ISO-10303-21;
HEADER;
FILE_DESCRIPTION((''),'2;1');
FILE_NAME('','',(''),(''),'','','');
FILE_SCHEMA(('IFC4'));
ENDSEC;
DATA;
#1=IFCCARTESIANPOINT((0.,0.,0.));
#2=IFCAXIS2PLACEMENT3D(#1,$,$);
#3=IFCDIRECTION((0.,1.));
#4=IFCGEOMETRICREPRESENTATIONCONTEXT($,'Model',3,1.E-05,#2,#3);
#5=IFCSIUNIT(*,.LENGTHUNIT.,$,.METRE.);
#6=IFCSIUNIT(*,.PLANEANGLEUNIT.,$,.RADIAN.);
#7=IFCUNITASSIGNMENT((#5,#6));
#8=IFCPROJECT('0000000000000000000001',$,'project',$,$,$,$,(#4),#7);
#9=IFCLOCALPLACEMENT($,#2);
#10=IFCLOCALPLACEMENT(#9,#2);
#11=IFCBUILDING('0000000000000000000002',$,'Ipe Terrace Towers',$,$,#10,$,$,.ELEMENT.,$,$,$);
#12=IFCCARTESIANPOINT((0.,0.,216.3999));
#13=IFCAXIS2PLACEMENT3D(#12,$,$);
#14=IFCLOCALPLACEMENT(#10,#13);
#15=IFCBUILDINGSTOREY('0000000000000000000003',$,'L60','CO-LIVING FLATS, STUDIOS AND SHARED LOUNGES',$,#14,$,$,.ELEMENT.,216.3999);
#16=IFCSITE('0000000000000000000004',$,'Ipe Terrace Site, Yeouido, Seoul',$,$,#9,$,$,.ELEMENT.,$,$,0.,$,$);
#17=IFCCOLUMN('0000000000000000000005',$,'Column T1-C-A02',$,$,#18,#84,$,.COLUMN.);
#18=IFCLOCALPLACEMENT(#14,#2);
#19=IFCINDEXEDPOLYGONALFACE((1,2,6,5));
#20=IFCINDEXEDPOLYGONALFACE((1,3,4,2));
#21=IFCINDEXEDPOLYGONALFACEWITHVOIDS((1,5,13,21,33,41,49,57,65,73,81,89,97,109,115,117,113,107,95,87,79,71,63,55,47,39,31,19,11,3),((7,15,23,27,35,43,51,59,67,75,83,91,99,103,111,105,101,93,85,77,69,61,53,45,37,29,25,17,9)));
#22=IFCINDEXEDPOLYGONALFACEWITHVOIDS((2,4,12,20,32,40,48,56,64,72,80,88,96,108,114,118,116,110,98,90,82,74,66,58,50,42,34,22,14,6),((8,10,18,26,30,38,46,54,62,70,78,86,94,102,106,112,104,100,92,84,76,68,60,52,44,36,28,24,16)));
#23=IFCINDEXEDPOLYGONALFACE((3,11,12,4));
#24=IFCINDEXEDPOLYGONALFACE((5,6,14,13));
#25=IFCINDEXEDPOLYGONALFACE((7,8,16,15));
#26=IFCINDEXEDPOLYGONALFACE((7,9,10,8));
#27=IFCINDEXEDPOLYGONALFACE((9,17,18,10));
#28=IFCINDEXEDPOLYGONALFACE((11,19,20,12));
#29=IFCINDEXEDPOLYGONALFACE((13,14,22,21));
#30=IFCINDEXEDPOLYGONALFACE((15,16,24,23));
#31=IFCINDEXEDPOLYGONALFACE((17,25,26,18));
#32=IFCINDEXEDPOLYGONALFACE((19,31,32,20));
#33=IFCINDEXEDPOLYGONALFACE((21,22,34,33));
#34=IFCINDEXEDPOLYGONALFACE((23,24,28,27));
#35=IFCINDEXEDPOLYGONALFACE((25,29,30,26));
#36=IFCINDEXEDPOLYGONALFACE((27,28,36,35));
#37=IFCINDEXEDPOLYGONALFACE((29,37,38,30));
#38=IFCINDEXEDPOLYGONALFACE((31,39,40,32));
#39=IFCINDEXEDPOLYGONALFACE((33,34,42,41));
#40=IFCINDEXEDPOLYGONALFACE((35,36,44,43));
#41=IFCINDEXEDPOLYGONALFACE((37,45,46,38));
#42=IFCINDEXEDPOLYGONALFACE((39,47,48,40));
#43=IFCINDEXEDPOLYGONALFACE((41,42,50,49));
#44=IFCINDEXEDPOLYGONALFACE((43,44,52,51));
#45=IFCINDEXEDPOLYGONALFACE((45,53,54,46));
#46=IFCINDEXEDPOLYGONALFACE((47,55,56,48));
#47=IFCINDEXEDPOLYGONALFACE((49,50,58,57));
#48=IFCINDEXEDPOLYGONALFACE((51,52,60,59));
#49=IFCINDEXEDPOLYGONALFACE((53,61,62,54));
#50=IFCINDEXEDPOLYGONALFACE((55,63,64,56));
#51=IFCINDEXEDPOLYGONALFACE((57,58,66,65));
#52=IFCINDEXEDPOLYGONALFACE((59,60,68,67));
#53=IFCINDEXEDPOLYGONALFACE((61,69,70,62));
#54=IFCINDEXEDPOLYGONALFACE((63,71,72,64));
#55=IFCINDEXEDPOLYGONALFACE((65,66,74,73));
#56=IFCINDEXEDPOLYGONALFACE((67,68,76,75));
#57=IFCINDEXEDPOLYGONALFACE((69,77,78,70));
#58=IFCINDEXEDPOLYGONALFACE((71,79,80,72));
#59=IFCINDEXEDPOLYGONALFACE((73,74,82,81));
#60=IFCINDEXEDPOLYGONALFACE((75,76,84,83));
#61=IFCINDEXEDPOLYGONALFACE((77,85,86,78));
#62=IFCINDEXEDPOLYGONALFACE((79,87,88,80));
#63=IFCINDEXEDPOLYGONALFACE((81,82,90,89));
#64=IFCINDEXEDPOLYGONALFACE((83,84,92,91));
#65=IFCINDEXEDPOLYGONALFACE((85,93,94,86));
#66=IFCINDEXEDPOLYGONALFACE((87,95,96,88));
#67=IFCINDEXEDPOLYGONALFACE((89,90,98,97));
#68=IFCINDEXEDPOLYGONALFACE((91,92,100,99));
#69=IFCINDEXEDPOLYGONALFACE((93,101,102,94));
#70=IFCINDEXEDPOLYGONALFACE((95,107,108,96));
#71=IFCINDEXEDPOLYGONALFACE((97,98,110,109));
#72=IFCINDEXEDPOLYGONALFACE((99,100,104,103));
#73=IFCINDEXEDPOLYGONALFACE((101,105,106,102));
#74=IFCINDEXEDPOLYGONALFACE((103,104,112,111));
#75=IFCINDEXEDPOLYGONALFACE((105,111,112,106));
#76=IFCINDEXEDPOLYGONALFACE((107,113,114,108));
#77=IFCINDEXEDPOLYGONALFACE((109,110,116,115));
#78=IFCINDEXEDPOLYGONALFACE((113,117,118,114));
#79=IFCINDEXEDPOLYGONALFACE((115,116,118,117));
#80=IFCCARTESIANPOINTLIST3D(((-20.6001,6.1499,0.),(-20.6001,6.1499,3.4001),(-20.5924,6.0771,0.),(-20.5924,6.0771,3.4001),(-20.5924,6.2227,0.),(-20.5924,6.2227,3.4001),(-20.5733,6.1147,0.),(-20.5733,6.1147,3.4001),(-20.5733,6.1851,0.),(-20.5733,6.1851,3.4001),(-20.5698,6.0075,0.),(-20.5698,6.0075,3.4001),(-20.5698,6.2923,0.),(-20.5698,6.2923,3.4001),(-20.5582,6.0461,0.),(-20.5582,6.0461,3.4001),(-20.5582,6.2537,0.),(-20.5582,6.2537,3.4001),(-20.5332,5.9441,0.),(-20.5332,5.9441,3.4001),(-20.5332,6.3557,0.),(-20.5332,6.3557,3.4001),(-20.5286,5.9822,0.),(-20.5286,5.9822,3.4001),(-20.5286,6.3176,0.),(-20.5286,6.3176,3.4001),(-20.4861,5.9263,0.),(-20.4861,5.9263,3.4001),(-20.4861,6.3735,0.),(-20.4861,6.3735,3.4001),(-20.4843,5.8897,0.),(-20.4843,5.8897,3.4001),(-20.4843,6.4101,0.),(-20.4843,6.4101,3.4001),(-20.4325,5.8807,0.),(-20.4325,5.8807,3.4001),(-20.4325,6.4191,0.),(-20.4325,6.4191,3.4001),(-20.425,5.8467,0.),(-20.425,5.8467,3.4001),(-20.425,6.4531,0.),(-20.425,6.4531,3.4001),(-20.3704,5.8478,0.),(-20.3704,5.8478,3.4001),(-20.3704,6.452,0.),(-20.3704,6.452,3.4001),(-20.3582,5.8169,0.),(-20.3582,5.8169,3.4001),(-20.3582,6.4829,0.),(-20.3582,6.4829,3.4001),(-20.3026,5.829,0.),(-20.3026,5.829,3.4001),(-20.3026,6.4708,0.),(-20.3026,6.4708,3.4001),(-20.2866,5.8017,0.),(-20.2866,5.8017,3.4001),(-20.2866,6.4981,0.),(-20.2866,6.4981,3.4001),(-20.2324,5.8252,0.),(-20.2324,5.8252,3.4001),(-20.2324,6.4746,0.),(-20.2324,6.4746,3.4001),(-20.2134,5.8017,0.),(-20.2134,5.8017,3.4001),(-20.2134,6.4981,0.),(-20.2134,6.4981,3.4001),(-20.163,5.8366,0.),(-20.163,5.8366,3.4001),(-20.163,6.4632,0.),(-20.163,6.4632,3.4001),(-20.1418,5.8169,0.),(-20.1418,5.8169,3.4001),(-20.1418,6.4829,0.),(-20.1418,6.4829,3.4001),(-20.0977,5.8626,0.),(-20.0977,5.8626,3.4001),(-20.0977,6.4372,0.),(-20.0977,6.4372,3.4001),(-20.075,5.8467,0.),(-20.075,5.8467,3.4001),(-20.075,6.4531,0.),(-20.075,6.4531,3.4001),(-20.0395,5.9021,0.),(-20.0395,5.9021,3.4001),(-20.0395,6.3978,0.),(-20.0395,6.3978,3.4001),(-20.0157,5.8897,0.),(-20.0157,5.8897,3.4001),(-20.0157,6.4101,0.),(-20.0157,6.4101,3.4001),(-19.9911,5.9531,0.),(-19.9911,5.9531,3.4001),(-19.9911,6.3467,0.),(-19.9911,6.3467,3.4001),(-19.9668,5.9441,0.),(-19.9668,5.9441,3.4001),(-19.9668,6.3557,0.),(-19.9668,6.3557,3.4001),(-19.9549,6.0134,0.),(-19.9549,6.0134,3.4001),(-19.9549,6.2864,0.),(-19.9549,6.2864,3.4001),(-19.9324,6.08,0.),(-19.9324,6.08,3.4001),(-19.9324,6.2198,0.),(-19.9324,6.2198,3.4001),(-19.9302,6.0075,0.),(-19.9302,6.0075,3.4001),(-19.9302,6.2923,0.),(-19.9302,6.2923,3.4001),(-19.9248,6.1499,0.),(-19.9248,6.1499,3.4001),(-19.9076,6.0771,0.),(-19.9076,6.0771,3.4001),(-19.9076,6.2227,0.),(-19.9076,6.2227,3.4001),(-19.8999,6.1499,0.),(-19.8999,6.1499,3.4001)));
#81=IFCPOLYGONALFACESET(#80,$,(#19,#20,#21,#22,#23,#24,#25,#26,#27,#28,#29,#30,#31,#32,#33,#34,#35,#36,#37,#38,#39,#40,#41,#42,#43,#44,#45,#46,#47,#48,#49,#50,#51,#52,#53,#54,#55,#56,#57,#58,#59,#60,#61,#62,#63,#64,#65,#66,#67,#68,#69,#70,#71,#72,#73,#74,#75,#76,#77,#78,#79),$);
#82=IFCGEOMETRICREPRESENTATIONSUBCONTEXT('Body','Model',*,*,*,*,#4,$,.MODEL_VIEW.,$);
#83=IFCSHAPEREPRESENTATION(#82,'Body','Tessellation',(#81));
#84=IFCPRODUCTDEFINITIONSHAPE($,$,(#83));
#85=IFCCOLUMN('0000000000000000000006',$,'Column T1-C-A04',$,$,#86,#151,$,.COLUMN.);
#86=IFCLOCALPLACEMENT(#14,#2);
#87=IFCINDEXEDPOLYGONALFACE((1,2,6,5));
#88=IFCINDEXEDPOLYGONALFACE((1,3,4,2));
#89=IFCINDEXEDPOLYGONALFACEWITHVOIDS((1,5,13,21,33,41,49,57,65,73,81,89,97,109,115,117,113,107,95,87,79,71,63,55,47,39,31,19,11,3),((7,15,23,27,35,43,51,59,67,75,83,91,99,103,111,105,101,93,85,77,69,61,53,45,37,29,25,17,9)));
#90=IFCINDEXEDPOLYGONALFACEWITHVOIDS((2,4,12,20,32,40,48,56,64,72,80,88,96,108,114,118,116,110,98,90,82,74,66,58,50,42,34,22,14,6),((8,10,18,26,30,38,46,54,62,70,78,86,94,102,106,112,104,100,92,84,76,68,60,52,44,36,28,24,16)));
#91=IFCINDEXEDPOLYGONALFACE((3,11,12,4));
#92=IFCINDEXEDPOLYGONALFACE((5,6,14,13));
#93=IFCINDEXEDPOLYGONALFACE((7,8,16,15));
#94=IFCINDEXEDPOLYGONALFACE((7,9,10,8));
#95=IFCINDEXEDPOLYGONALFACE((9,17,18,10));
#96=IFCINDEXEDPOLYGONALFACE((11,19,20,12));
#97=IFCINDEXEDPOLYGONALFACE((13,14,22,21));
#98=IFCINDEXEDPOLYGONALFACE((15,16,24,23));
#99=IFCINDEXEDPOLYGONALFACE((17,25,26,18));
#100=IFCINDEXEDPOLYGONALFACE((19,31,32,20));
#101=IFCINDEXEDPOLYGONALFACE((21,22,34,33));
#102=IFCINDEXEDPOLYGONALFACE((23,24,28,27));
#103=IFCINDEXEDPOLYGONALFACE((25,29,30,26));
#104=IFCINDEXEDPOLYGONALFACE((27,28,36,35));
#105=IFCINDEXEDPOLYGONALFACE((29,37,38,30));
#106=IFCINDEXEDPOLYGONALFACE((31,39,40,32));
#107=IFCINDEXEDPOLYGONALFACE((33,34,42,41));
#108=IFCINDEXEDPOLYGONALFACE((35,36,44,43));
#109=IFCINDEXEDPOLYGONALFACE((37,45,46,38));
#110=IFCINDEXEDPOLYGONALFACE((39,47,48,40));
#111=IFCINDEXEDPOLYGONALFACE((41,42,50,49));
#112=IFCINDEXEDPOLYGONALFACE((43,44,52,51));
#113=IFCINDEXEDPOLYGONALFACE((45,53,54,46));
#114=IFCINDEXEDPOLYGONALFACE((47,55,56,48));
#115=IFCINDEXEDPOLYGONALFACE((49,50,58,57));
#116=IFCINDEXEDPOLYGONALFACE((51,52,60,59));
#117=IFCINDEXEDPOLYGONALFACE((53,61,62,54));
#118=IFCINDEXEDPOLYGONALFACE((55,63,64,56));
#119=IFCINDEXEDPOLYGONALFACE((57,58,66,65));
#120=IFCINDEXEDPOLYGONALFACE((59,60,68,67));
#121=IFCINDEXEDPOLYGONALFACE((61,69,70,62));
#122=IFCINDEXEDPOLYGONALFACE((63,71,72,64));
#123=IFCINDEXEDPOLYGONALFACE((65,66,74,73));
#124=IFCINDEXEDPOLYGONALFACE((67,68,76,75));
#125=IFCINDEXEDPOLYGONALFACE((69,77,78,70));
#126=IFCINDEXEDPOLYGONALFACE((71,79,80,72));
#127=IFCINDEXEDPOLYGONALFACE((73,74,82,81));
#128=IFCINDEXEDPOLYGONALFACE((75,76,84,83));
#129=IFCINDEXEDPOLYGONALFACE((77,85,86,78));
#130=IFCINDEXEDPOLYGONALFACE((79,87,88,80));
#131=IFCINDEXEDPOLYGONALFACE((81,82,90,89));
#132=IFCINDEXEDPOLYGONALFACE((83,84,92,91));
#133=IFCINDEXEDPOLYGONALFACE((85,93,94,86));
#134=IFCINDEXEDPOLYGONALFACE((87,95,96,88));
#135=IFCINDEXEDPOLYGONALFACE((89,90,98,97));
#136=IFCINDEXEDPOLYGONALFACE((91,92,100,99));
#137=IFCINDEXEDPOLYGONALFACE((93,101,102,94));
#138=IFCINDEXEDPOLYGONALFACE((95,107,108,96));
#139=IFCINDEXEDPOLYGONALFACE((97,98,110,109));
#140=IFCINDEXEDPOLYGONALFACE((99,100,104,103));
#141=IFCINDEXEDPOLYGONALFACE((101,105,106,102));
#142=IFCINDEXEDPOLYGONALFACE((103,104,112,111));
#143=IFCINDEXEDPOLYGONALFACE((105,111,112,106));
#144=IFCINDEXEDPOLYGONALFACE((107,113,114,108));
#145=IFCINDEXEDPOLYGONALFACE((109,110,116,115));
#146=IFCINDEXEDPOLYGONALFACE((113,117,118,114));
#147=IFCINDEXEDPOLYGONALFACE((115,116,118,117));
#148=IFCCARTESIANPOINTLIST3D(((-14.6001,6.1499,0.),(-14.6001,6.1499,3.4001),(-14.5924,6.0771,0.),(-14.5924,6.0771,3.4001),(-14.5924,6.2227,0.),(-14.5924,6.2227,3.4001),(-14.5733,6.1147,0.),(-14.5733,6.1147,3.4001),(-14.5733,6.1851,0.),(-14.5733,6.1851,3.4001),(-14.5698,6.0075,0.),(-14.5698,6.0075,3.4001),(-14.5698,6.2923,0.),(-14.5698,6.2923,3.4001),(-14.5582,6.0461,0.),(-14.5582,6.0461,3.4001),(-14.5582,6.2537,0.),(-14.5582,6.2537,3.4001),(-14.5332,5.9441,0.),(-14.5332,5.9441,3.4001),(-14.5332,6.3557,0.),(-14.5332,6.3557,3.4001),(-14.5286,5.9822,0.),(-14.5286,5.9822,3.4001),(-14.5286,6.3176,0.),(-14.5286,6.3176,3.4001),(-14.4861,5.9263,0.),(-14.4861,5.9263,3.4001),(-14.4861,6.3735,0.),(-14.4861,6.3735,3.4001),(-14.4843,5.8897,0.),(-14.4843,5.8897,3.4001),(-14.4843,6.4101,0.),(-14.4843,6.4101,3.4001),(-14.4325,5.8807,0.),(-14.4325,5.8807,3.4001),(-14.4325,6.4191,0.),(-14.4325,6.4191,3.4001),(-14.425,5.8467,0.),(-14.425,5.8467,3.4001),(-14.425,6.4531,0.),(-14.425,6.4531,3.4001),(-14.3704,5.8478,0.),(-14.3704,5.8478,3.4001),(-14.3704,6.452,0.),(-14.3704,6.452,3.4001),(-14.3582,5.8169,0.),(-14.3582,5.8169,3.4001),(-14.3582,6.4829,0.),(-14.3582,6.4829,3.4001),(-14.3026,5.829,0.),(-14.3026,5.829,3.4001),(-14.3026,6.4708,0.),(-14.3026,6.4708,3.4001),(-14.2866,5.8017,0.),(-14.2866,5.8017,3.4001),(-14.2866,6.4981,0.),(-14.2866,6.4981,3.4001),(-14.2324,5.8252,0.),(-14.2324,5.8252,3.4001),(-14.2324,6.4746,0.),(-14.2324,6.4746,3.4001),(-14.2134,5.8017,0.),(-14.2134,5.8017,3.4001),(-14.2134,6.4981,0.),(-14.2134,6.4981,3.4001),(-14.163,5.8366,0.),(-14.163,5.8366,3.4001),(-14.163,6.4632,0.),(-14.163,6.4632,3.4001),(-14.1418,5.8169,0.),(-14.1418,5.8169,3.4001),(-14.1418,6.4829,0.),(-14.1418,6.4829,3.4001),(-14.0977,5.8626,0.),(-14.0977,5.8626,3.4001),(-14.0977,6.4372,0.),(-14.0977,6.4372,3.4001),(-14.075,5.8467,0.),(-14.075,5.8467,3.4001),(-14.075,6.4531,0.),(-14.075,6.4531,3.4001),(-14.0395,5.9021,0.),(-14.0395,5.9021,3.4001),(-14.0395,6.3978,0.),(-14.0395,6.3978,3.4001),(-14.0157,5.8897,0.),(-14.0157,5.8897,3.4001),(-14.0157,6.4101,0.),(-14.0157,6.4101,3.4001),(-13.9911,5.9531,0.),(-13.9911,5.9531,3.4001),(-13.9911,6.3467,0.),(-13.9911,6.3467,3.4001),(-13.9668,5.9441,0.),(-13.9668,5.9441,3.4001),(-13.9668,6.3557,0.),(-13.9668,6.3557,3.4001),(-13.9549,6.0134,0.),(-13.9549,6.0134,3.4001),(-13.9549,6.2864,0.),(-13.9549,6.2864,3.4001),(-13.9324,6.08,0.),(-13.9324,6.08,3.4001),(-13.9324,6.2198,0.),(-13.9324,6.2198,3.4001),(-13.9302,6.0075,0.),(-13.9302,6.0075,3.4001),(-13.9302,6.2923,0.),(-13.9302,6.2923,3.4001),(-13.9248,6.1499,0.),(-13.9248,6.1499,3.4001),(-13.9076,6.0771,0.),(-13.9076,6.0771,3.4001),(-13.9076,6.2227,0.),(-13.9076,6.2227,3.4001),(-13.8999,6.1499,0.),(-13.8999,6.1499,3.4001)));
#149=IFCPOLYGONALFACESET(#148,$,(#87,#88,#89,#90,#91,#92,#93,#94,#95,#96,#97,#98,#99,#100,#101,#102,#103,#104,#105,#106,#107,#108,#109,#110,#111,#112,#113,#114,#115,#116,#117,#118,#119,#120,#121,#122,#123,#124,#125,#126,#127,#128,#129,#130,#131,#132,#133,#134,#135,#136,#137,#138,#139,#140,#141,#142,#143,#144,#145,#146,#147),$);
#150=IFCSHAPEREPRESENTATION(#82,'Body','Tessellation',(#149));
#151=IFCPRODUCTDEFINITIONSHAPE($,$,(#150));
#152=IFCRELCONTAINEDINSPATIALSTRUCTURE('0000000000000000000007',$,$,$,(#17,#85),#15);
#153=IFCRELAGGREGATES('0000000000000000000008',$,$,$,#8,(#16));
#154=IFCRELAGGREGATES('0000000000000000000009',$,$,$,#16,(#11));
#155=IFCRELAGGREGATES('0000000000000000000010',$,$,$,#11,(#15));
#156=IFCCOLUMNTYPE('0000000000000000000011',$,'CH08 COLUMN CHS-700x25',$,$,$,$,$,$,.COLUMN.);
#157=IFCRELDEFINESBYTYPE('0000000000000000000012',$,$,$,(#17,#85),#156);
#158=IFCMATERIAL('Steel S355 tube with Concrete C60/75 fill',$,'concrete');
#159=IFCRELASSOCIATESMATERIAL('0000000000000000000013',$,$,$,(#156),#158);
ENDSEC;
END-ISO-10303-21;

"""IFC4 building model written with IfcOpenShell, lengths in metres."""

from ifc_helpers import new_model, si_unit, direction, frame, origin, origin_2d, place, context, subcontext, project, spatial, hollow_circle, extrude, material, material_profile, profile_set, type_object, element, save


model = new_model("IFC4")

# Units and contexts
model_context = context("Model", 3, precision=1e-05, world=origin(), true_north=direction((0.0, 1.0)))
body_context = subcontext(model_context, "Body", "Model", "MODEL_VIEW")
ifc_project = project(units=[si_unit("LENGTHUNIT", "METRE"), si_unit("PLANEANGLEUNIT", "RADIAN")], contexts=[model_context])

# Site, building, storey
site_placement = place(None, origin())
site = spatial("IfcSite", under=ifc_project, at=site_placement, Name="Ipe Terrace Site, Yeouido, Seoul", CompositionType="ELEMENT", RefElevation=0.0)
building_placement = place(site_placement, origin())
building = spatial("IfcBuilding", under=site, at=building_placement, Name="Ipe Terrace Towers", CompositionType="ELEMENT")
storey_placement = place(building_placement, frame((0.0, 0.0, 216.3999)))
storey = spatial("IfcBuildingStorey", under=building, at=storey_placement, Name="L60", Description="CO-LIVING FLATS, STUDIOS AND SHARED LOUNGES", CompositionType="ELEMENT", Elevation=216.3999)

# Columns
ifc_material_1 = material(Name="Steel S355 tube with Concrete C60/75 fill", Category="concrete")
ifc_material_profile_1 = material_profile(ifc_material_1, hollow_circle(Radius=0.3501, WallThickness=0.0249, at=origin_2d()), Name="CHS-700x25")
ifc_profile_set_1 = profile_set([ifc_material_profile_1], Name="Steel S355 tube with Concrete C60/75 fill")
column_type = type_object("IfcColumnType", Name="CH08 COLUMN CHS-700x25", PredefinedType="COLUMN", material=ifc_profile_set_1)
for number, where, z_axis, x_axis, name in (
    (1, (-20.25, 6.1499, 0.0), (0.0, 0.0, 1.0), (1.0, 0.0, 0.0), "Column T1-C-A02"),
    (2, (-14.25, 6.1499, 0.0), (0.0, 0.0, 1.0), (1.0, 0.0, 0.0), "Column T1-C-A04"),
):
    element("IfcColumn", number, at=place(storey_placement, frame(where, z_axis=z_axis, x_axis=x_axis)), inside=storey, type_object=column_type, Name=name, PredefinedType="COLUMN", context=body_context, shape_type="SweptSolid", body=[
        extrude(hollow_circle(Radius=0.3501, WallThickness=0.0249, at=origin_2d()), origin(), (0.0, 0.0, 1.0), 3.4001),
    ])

save(model, "model.ifc")
